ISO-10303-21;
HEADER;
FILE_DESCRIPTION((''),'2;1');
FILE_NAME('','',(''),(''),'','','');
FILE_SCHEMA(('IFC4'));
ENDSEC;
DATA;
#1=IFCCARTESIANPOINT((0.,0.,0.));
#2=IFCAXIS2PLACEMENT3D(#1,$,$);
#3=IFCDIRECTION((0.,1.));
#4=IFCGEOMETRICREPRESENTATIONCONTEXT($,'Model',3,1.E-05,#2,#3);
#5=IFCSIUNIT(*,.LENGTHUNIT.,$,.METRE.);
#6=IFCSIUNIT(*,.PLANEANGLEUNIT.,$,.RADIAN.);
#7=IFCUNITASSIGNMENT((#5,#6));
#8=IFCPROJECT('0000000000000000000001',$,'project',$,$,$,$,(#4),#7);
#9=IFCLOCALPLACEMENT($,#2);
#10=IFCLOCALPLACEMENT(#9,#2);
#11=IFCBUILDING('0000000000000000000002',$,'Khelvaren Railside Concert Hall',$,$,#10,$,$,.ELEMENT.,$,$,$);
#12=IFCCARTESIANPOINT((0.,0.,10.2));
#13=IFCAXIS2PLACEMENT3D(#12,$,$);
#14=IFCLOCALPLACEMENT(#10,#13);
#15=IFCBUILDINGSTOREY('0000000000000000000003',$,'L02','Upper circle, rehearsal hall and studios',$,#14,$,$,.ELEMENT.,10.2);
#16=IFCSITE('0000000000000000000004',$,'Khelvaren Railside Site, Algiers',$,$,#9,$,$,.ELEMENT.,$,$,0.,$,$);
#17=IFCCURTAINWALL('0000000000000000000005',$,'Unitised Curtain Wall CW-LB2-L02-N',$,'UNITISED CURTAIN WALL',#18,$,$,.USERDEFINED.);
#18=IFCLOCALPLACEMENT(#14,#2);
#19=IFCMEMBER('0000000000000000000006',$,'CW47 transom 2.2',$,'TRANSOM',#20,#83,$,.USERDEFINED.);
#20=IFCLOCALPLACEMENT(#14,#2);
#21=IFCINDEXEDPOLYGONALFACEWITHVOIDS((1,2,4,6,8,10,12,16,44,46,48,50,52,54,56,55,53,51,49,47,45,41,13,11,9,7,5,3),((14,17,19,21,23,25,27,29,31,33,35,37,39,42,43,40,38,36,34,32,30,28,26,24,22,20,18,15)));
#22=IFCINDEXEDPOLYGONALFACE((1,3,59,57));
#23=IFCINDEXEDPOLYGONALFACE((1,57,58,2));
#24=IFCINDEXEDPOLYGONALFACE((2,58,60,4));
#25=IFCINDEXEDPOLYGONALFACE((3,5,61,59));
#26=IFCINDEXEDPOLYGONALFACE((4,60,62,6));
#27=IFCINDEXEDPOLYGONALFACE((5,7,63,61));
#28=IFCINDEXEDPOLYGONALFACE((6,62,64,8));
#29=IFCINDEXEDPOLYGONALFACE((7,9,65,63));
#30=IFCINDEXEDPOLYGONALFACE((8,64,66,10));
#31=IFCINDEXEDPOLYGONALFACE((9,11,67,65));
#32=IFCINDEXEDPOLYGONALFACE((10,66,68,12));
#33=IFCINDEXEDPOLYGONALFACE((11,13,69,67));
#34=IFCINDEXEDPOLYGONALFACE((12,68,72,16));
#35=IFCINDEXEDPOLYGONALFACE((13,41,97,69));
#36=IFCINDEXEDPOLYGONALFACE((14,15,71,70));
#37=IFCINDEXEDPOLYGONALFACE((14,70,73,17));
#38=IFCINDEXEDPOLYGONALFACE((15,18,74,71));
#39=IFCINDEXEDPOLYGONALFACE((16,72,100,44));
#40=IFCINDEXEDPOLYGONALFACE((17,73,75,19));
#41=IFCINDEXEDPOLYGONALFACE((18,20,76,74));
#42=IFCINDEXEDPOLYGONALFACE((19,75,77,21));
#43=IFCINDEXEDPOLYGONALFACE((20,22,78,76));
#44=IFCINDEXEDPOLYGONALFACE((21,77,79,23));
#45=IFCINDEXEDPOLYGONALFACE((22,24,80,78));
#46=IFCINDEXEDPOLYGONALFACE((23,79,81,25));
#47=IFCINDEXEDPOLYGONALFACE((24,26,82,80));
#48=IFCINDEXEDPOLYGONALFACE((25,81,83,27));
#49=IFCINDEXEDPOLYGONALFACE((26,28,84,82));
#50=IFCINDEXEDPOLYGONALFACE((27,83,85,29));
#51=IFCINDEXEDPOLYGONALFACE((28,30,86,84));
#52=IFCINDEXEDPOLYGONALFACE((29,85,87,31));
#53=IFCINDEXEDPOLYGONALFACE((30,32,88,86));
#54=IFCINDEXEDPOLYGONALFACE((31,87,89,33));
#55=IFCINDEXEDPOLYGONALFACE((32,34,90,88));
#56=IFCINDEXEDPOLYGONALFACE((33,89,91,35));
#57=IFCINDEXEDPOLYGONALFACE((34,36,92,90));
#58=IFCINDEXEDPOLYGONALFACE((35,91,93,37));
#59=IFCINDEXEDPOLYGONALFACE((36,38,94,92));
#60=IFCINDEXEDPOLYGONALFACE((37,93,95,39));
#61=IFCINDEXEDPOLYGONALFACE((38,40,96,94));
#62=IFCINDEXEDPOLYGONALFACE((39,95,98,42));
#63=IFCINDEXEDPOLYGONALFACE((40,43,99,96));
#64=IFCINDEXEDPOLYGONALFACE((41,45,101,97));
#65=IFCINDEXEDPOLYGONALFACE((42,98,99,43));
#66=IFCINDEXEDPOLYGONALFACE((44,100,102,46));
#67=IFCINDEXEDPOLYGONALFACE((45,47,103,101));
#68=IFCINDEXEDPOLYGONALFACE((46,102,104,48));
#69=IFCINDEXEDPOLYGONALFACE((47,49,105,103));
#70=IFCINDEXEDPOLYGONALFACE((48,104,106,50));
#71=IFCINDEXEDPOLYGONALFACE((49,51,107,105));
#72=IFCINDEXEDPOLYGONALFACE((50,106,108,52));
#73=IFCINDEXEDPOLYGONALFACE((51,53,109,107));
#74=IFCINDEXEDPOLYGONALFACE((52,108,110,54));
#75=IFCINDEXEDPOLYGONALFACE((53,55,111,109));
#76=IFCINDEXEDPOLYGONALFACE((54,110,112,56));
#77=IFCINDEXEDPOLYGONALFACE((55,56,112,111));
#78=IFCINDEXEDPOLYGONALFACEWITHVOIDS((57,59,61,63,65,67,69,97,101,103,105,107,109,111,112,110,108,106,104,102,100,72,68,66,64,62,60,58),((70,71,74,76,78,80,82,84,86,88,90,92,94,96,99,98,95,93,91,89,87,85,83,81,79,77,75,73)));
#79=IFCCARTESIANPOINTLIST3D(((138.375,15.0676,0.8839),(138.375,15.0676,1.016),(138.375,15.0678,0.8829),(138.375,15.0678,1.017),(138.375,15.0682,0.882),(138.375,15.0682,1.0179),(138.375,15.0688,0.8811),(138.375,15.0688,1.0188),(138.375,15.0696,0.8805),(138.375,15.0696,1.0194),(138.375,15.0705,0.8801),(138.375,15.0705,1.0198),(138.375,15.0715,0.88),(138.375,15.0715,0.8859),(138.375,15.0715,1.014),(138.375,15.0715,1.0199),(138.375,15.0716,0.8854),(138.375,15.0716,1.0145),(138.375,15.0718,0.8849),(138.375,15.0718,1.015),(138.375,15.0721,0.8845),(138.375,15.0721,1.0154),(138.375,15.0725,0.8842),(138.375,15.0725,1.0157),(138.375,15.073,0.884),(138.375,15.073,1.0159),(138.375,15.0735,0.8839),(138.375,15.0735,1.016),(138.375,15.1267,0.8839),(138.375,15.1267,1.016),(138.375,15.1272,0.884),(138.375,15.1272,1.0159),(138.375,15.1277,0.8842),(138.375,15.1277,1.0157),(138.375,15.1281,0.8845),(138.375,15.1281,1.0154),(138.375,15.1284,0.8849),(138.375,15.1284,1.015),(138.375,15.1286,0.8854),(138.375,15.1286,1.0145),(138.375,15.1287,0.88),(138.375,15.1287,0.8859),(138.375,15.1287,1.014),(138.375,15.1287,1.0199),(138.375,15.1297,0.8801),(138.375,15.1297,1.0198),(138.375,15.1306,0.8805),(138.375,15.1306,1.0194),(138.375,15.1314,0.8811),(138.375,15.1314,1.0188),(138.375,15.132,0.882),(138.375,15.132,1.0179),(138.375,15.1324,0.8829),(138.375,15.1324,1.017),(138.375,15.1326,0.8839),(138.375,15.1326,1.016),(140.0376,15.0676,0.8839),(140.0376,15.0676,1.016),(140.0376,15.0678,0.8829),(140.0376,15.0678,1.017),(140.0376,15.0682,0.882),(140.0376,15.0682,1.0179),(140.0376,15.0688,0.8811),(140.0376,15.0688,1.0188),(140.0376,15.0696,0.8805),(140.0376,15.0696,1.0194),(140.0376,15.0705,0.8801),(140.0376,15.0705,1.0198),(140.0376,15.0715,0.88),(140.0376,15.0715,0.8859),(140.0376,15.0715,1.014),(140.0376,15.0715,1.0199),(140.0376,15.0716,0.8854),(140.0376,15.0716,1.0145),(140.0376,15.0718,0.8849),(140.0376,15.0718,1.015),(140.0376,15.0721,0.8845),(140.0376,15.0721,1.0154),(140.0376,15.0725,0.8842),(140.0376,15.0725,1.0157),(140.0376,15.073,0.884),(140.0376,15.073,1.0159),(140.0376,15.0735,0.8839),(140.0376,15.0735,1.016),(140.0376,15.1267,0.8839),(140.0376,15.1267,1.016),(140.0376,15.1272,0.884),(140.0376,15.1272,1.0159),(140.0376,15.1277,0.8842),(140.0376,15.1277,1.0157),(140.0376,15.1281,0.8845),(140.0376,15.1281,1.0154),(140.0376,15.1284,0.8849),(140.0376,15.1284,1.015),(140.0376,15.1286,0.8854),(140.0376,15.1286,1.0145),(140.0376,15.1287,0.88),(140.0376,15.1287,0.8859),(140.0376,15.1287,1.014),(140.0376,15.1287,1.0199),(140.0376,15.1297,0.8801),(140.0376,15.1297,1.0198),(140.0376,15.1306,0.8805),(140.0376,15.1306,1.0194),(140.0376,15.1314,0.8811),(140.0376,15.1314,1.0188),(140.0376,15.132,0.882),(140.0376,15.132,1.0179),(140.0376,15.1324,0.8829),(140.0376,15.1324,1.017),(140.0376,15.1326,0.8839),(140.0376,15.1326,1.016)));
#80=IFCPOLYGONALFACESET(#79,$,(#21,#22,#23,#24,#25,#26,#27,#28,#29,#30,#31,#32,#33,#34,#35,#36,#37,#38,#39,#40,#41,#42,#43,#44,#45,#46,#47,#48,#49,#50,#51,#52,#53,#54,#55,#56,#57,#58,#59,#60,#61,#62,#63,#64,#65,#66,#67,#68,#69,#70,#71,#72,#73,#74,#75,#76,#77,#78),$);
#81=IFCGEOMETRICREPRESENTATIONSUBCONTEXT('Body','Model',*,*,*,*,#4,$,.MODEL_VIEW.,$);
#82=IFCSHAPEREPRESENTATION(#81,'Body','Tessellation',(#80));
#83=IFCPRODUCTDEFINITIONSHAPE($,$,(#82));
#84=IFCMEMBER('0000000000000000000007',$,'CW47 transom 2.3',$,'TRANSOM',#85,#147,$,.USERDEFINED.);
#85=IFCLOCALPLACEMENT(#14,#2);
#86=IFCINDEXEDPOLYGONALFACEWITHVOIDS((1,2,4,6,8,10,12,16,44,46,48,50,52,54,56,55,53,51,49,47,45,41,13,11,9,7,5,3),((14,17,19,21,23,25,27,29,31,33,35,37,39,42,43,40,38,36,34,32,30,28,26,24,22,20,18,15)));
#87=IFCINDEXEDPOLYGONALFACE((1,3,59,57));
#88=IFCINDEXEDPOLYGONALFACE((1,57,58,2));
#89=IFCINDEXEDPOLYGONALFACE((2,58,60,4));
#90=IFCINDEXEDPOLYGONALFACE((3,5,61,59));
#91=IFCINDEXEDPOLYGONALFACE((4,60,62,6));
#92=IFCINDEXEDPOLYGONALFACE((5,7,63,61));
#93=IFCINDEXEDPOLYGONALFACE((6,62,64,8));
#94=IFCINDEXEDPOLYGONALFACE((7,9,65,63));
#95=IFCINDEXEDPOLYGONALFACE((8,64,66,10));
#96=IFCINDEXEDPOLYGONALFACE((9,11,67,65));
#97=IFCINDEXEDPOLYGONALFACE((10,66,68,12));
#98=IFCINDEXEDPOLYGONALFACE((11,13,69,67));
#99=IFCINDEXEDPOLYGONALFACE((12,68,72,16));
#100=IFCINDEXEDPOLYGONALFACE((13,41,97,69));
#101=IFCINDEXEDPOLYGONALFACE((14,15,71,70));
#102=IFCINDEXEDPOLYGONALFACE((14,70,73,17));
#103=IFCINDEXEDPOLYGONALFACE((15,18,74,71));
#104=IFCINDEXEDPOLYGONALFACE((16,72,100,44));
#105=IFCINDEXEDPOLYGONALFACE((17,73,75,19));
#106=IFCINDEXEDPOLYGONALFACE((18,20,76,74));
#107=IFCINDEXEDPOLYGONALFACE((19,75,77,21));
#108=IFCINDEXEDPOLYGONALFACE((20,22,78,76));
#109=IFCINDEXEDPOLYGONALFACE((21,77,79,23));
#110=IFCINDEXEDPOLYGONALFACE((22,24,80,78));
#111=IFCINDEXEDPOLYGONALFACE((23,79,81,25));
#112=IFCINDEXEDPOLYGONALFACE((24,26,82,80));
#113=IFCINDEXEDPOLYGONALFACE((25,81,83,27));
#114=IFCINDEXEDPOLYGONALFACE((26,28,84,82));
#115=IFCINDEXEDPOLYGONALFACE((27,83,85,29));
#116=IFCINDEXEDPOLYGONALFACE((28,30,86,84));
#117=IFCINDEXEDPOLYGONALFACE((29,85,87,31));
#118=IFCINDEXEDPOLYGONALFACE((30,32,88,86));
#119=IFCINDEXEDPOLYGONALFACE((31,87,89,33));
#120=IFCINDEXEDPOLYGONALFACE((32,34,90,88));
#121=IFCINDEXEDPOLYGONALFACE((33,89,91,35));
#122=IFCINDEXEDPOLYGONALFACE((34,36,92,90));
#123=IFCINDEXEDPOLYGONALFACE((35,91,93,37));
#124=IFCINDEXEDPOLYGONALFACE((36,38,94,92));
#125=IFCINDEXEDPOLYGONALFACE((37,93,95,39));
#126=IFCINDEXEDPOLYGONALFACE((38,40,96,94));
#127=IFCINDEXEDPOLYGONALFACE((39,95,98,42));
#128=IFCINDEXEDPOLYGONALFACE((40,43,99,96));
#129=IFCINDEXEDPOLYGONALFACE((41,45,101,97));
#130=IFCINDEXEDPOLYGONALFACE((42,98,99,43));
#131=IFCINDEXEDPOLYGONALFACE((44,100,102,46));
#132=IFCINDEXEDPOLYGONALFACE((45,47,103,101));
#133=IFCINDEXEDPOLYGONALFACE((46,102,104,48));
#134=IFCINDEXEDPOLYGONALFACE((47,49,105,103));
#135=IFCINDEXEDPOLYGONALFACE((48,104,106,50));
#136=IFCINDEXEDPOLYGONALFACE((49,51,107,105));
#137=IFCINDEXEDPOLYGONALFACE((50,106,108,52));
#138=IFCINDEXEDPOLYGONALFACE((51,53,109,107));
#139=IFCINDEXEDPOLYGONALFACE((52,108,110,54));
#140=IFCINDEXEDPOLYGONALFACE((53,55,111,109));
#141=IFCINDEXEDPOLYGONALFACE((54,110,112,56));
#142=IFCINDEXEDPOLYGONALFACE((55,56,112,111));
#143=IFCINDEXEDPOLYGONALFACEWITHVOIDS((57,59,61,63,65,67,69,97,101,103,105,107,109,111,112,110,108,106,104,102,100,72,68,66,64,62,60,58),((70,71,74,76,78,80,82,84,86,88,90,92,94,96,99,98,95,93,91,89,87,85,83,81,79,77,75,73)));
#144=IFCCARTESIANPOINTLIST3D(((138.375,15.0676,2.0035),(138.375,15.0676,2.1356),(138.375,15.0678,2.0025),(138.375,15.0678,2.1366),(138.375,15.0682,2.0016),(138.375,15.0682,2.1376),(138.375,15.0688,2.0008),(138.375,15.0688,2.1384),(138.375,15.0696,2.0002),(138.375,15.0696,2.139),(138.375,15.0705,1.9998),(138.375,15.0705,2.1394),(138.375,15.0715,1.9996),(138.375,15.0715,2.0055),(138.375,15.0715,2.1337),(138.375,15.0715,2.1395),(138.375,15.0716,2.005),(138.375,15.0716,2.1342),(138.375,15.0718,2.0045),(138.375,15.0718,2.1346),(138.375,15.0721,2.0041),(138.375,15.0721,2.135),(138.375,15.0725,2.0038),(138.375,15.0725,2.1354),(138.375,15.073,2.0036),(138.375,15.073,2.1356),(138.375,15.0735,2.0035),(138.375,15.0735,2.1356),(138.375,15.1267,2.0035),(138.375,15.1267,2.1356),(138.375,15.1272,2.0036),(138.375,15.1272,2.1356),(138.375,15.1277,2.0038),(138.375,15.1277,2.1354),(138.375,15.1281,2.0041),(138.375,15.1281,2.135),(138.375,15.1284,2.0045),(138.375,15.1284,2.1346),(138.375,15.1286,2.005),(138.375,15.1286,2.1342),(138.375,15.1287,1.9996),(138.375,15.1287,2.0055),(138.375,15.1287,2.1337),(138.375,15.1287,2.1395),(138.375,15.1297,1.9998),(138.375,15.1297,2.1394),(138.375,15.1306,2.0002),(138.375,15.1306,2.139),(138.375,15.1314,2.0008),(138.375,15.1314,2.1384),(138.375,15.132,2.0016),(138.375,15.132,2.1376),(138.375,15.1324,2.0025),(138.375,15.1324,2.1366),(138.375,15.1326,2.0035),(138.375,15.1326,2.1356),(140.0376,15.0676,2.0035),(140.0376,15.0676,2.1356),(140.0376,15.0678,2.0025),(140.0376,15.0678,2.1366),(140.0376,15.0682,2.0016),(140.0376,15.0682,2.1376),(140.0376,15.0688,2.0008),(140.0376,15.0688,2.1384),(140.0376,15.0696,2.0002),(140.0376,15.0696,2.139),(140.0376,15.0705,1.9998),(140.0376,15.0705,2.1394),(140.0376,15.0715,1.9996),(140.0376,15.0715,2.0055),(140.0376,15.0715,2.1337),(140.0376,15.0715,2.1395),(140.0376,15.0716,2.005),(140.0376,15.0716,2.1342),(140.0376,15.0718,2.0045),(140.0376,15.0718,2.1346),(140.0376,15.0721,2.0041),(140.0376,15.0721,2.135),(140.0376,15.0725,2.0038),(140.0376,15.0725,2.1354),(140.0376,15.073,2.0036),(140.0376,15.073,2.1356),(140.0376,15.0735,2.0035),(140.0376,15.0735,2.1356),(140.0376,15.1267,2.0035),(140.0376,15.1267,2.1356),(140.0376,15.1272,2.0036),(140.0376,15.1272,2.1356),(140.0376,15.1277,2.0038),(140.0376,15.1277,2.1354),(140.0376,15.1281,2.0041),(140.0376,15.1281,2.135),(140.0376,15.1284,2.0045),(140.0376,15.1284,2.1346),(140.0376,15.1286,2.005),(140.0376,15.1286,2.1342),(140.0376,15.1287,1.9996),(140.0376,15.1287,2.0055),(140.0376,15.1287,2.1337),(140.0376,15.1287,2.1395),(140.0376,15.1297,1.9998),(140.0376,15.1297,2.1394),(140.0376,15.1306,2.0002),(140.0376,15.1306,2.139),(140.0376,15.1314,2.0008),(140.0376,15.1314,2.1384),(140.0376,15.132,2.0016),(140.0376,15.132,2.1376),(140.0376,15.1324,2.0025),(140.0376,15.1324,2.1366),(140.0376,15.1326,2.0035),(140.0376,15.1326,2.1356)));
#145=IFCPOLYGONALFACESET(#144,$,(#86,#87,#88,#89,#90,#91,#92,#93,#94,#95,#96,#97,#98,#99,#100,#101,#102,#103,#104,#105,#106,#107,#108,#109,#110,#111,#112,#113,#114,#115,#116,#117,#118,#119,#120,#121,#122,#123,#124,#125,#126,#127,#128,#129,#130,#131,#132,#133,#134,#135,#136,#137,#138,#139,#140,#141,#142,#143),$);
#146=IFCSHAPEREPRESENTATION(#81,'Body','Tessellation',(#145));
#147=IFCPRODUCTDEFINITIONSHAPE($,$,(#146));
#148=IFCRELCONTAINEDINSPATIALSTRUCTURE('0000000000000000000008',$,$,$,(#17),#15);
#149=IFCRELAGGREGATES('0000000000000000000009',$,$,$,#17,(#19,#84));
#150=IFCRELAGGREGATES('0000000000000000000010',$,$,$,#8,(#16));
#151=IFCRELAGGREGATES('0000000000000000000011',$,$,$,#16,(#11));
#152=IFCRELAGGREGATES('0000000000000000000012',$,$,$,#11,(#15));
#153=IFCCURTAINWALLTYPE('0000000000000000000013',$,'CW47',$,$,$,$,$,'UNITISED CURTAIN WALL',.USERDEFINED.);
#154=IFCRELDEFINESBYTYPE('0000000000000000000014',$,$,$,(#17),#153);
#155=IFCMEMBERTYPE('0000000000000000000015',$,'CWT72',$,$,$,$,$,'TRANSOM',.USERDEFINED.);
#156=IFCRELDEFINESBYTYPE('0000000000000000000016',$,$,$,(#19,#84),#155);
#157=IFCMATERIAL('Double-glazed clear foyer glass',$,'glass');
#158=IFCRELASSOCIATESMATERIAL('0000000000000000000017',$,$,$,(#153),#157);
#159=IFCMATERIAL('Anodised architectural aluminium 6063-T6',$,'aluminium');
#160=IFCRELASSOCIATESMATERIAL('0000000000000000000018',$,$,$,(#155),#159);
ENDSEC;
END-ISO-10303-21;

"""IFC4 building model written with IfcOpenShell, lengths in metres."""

from ifc_helpers import new_model, si_unit, direction, frame, origin, origin_2d, place, context, subcontext, project, spatial, hollow_rectangle, extrude, material, material_profile, profile_set, type_object, element, aggregate, save


model = new_model("IFC4")

# Units and contexts
model_context = context("Model", 3, precision=1e-05, world=origin(), true_north=direction((0.0, 1.0)))
body_context = subcontext(model_context, "Body", "Model", "MODEL_VIEW")
ifc_project = project(units=[si_unit("LENGTHUNIT", "METRE"), si_unit("PLANEANGLEUNIT", "RADIAN")], contexts=[model_context])

# Site, building, storey
site_placement = place(None, origin())
site = spatial("IfcSite", under=ifc_project, at=site_placement, Name="Khelvaren Railside Site, Algiers", CompositionType="ELEMENT", RefElevation=0.0)
building_placement = place(site_placement, origin())
building = spatial("IfcBuilding", under=site, at=building_placement, Name="Khelvaren Railside Concert Hall", CompositionType="ELEMENT")
storey_placement = place(building_placement, frame((0.0, 0.0, 10.2)))
storey = spatial("IfcBuildingStorey", under=building, at=storey_placement, Name="L02", Description="Upper circle, rehearsal hall and studios", CompositionType="ELEMENT", Elevation=10.2)

# Shared definitions
ifc_material_1 = material(Name="Double-glazed clear foyer glass", Category="glass")
curtain_wall_type = type_object("IfcCurtainWallType", Name="CW47", ElementType="UNITISED CURTAIN WALL", PredefinedType="USERDEFINED", material=ifc_material_1)
ifc_material_2 = material(Name="Anodised architectural aluminium 6063-T6", Category="aluminium")

# Curtain wall
curtain_wall_1_placement = place(storey_placement, origin())
curtain_wall_1 = element("IfcCurtainWall", 1, at=curtain_wall_1_placement, inside=storey, type_object=curtain_wall_type, Name="Unitised Curtain Wall CW-LB2-L02-N", ObjectType="UNITISED CURTAIN WALL", PredefinedType="USERDEFINED")

# Members
ifc_material_profile_1 = material_profile(ifc_material_2, hollow_rectangle(XDim=0.0649, YDim=0.1399, WallThickness=0.0039, InnerFilletRadius=0.002, OuterFilletRadius=0.0039, at=origin_2d()), Name="CWT 65x140x4")
ifc_profile_set_1 = profile_set([ifc_material_profile_1], Name="Anodised architectural aluminium 6063-T6")
member_type_1 = type_object("IfcMemberType", Name="CWT72", ElementType="TRANSOM", PredefinedType="USERDEFINED", material=ifc_profile_set_1)
member_1_placement = place(storey_placement, frame((138.375, 15.1001, 0.95), z_axis=(1.0, 0.0, 0.0), x_axis=(0.0, 1.0, 0.0)))
member_1 = element("IfcMember", 2, at=member_1_placement, type_object=member_type_1, Name="CW47 transom 2.2", ObjectType="TRANSOM", PredefinedType="USERDEFINED", context=body_context, shape_type="SweptSolid", body=[
    extrude(hollow_rectangle(XDim=0.0649, YDim=0.1399, WallThickness=0.0039, InnerFilletRadius=0.002, OuterFilletRadius=0.0039, at=origin_2d()), origin(), (0.0, 0.0, 1.0), 1.6626),
])
member_2_placement = place(storey_placement, frame((138.375, 15.1001, 2.0696), z_axis=(1.0, 0.0, 0.0), x_axis=(0.0, 1.0, 0.0)))
member_2 = element("IfcMember", 3, at=member_2_placement, type_object=member_type_1, Name="CW47 transom 2.3", ObjectType="TRANSOM", PredefinedType="USERDEFINED", context=body_context, shape_type="SweptSolid", body=[
    extrude(hollow_rectangle(XDim=0.0649, YDim=0.1399, WallThickness=0.0039, InnerFilletRadius=0.002, OuterFilletRadius=0.0039, at=origin_2d()), origin(), (0.0, 0.0, 1.0), 1.6626),
])

aggregate(curtain_wall_1, [member_1, member_2])

save(model, "model.ifc")
